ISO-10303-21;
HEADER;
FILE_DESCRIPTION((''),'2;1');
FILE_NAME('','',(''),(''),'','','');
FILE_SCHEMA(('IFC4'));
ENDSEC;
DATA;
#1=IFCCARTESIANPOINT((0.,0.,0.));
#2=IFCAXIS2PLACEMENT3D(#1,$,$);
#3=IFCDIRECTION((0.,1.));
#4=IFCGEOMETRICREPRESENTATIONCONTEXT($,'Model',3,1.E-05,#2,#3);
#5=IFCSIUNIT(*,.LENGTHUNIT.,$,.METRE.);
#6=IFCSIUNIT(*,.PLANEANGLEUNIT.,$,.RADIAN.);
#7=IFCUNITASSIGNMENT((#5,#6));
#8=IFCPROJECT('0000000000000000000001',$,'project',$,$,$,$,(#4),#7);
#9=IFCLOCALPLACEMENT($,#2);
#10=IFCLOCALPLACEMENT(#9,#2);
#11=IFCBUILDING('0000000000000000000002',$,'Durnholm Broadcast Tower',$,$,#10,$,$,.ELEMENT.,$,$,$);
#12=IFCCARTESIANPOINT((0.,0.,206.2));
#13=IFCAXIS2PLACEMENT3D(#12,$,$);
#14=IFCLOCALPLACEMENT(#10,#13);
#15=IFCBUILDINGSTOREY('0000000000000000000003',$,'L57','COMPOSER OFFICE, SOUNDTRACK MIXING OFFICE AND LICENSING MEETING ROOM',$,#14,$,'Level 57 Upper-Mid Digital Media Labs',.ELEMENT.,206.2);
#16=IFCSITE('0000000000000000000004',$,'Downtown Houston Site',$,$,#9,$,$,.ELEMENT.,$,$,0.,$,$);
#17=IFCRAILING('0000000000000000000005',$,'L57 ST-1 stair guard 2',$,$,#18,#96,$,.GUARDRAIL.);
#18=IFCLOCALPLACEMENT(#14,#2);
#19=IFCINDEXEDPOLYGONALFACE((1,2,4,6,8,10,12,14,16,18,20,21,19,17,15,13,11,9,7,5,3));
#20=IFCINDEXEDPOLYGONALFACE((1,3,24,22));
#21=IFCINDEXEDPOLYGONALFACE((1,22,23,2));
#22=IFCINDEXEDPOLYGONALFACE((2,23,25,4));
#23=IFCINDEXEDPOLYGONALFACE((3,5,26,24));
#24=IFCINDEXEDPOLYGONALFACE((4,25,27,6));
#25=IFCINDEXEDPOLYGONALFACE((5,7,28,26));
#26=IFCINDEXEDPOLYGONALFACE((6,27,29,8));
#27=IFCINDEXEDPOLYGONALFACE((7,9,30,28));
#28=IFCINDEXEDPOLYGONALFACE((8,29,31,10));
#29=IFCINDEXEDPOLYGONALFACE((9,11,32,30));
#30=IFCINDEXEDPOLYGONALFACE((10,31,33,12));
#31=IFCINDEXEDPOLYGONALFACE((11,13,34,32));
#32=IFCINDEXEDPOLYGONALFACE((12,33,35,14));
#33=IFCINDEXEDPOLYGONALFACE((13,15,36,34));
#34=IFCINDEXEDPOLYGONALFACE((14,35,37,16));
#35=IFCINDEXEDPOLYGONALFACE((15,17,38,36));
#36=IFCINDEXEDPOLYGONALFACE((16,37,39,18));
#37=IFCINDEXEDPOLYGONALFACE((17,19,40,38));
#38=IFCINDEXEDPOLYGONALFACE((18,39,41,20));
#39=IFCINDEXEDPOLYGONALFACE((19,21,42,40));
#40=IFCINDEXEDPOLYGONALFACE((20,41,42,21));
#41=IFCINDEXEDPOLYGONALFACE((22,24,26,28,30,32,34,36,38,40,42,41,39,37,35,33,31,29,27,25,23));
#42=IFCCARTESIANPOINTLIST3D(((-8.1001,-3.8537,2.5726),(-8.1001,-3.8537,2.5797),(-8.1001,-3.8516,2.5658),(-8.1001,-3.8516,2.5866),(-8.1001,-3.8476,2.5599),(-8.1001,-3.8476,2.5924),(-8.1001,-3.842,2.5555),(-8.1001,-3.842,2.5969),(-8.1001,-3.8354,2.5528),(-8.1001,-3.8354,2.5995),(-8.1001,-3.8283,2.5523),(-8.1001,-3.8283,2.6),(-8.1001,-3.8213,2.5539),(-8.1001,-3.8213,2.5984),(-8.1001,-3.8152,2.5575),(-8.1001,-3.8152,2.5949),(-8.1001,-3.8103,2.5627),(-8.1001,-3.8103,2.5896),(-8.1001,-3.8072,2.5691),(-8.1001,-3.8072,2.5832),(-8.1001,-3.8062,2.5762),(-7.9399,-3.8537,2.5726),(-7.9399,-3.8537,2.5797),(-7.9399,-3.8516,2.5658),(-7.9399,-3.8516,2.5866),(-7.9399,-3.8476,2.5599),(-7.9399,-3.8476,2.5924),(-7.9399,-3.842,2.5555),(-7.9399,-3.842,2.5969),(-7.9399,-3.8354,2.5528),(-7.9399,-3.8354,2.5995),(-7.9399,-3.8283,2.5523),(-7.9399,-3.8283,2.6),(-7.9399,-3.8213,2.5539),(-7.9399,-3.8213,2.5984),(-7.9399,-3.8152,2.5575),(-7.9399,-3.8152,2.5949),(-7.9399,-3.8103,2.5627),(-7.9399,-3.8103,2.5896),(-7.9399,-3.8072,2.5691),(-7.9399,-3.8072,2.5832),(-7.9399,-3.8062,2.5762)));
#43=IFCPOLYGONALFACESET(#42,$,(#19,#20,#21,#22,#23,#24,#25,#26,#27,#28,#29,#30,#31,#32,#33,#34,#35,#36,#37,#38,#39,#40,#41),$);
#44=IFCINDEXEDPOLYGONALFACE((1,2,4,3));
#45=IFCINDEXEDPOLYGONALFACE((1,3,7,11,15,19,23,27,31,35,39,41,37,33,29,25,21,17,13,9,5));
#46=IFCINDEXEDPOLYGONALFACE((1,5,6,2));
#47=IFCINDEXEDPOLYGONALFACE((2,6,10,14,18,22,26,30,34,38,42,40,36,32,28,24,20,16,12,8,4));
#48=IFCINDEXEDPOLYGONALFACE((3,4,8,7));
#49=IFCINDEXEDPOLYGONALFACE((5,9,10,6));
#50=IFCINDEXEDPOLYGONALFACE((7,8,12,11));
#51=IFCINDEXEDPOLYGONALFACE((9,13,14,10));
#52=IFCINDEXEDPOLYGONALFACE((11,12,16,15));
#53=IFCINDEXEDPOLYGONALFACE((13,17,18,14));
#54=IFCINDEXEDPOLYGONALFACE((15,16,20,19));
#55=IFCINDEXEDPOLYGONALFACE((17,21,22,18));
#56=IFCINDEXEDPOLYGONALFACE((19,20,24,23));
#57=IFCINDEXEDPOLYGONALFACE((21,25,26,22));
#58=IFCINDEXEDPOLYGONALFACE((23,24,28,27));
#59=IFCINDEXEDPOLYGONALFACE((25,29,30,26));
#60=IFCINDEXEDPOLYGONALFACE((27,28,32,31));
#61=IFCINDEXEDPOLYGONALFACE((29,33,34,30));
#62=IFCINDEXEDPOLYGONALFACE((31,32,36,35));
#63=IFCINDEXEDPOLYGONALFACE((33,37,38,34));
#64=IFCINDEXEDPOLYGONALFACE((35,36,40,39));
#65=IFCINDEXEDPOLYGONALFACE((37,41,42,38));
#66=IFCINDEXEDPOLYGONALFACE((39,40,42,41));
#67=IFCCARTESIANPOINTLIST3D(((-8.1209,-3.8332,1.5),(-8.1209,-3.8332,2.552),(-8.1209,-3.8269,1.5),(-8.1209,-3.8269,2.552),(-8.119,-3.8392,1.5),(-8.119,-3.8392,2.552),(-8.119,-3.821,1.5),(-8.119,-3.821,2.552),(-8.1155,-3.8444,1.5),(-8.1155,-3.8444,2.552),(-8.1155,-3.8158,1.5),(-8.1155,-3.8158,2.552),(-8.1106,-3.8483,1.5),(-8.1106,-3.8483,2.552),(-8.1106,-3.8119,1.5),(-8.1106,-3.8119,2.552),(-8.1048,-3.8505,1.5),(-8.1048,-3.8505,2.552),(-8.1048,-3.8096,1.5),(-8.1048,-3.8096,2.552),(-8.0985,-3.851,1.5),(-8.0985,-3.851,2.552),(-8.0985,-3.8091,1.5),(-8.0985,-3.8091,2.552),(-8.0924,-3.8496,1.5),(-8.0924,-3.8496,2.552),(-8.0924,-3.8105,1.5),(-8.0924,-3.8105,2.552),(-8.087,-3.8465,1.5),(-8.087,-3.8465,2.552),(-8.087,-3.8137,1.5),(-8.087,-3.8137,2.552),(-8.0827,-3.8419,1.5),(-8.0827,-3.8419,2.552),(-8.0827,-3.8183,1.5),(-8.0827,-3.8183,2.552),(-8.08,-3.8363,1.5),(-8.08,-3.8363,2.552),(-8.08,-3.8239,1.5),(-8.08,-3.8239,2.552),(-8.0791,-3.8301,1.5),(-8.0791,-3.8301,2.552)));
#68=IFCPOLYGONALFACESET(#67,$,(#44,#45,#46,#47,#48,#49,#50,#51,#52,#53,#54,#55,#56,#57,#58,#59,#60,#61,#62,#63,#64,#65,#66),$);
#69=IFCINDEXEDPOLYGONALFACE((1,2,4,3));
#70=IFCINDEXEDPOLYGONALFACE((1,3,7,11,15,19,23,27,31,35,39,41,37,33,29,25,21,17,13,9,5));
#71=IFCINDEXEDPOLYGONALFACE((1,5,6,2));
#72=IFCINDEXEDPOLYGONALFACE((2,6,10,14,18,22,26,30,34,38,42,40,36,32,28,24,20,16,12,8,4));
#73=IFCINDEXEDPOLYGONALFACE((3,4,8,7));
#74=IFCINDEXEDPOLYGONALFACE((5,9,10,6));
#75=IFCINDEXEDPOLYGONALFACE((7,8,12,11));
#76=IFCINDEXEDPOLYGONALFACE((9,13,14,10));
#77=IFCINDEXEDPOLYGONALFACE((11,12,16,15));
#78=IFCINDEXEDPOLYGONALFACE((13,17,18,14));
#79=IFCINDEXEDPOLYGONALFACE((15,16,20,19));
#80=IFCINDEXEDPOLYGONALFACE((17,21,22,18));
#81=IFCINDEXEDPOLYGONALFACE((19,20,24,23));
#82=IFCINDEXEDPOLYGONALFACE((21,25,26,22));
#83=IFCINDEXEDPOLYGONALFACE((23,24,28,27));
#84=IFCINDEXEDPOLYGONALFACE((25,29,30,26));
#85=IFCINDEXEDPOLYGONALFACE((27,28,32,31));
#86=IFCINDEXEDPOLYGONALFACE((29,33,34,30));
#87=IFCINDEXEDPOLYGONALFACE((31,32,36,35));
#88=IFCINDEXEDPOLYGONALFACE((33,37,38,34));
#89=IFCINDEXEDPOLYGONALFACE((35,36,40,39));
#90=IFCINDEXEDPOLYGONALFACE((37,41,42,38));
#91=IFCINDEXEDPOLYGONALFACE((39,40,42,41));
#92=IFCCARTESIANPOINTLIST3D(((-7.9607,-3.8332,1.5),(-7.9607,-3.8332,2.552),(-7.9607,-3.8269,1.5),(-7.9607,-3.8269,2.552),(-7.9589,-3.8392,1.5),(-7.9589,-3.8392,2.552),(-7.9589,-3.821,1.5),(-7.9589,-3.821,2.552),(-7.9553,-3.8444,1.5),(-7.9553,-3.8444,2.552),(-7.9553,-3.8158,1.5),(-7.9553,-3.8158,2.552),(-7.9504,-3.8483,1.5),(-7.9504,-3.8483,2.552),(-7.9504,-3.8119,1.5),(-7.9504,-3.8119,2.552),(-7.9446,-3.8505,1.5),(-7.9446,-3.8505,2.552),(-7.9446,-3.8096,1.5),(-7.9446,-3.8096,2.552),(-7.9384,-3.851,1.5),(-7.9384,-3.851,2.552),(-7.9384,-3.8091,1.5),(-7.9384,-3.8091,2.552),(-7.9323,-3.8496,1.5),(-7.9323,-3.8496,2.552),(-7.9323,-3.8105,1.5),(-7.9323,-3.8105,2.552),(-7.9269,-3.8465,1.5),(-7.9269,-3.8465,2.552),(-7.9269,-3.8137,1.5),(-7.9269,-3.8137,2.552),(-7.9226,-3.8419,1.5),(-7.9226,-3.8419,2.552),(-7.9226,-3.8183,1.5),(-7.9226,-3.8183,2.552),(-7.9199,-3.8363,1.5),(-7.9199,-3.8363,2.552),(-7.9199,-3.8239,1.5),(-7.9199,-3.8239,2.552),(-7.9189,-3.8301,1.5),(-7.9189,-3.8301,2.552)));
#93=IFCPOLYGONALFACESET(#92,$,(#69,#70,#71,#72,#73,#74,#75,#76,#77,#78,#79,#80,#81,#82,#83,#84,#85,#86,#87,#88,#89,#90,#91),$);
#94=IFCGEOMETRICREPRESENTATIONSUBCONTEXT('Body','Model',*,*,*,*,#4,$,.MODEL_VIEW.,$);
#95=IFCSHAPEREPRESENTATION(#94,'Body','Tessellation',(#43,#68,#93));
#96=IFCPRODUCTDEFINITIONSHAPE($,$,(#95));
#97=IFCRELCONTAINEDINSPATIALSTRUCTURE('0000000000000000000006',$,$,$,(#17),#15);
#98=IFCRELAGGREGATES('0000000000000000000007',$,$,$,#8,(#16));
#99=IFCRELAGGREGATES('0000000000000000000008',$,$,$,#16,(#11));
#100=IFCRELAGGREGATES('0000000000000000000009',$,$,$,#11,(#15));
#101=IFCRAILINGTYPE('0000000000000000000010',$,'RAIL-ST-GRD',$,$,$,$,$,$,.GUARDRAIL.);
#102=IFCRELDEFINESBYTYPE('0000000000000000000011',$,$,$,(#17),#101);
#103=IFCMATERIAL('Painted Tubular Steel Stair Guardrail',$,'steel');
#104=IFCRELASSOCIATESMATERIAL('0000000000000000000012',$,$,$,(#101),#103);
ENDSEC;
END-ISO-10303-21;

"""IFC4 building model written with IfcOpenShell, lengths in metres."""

from ifc_helpers import new_model, si_unit, direction, frame, origin, origin_2d, place, context, subcontext, project, spatial, circle, extrude, material, type_object, element, save


model = new_model("IFC4")

# Units and contexts
model_context = context("Model", 3, precision=1e-05, world=origin(), true_north=direction((0.0, 1.0)))
body_context = subcontext(model_context, "Body", "Model", "MODEL_VIEW")
ifc_project = project(units=[si_unit("LENGTHUNIT", "METRE"), si_unit("PLANEANGLEUNIT", "RADIAN")], contexts=[model_context])

# Site, building, storey
site_placement = place(None, origin())
site = spatial("IfcSite", under=ifc_project, at=site_placement, Name="Downtown Houston Site", CompositionType="ELEMENT", RefElevation=0.0)
building_placement = place(site_placement, origin())
building = spatial("IfcBuilding", under=site, at=building_placement, Name="Durnholm Broadcast Tower", CompositionType="ELEMENT")
storey_placement = place(building_placement, frame((0.0, 0.0, 206.2)))
storey = spatial("IfcBuildingStorey", under=building, at=storey_placement, Name="L57", Description="COMPOSER OFFICE, SOUNDTRACK MIXING OFFICE AND LICENSING MEETING ROOM", LongName="Level 57 Upper-Mid Digital Media Labs", CompositionType="ELEMENT", Elevation=206.2)

# Railing
ifc_material_1 = material(Name="Painted Tubular Steel Stair Guardrail", Category="steel")
railing_type_1 = type_object("IfcRailingType", Name="RAIL-ST-GRD", PredefinedType="GUARDRAIL", material=ifc_material_1)
railing_1_placement = place(storey_placement, frame((-8.1001, -3.8301, 1.5)))
element("IfcRailing", 1, at=railing_1_placement, inside=storey, type_object=railing_type_1, Name="L57 ST-1 stair guard 2", PredefinedType="GUARDRAIL", context=body_context, shape_type="SweptSolid", body=[
    extrude(circle(Radius=0.0239, at=origin_2d()), frame((0.0, 0.0, 1.0762), z_axis=(1.0, 0.0, 0.0), x_axis=(0.0, 1.0, 0.0)), (0.0, 0.0, 1.0), 0.1602),
    extrude(circle(Radius=0.021, at=origin_2d()), origin(), (0.0, 0.0, 1.0), 1.052),
    extrude(circle(Radius=0.021, at=origin_2d()), frame((0.1602, 0.0, 0.0)), (0.0, 0.0, 1.0), 1.052),
])

save(model, "model.ifc")
